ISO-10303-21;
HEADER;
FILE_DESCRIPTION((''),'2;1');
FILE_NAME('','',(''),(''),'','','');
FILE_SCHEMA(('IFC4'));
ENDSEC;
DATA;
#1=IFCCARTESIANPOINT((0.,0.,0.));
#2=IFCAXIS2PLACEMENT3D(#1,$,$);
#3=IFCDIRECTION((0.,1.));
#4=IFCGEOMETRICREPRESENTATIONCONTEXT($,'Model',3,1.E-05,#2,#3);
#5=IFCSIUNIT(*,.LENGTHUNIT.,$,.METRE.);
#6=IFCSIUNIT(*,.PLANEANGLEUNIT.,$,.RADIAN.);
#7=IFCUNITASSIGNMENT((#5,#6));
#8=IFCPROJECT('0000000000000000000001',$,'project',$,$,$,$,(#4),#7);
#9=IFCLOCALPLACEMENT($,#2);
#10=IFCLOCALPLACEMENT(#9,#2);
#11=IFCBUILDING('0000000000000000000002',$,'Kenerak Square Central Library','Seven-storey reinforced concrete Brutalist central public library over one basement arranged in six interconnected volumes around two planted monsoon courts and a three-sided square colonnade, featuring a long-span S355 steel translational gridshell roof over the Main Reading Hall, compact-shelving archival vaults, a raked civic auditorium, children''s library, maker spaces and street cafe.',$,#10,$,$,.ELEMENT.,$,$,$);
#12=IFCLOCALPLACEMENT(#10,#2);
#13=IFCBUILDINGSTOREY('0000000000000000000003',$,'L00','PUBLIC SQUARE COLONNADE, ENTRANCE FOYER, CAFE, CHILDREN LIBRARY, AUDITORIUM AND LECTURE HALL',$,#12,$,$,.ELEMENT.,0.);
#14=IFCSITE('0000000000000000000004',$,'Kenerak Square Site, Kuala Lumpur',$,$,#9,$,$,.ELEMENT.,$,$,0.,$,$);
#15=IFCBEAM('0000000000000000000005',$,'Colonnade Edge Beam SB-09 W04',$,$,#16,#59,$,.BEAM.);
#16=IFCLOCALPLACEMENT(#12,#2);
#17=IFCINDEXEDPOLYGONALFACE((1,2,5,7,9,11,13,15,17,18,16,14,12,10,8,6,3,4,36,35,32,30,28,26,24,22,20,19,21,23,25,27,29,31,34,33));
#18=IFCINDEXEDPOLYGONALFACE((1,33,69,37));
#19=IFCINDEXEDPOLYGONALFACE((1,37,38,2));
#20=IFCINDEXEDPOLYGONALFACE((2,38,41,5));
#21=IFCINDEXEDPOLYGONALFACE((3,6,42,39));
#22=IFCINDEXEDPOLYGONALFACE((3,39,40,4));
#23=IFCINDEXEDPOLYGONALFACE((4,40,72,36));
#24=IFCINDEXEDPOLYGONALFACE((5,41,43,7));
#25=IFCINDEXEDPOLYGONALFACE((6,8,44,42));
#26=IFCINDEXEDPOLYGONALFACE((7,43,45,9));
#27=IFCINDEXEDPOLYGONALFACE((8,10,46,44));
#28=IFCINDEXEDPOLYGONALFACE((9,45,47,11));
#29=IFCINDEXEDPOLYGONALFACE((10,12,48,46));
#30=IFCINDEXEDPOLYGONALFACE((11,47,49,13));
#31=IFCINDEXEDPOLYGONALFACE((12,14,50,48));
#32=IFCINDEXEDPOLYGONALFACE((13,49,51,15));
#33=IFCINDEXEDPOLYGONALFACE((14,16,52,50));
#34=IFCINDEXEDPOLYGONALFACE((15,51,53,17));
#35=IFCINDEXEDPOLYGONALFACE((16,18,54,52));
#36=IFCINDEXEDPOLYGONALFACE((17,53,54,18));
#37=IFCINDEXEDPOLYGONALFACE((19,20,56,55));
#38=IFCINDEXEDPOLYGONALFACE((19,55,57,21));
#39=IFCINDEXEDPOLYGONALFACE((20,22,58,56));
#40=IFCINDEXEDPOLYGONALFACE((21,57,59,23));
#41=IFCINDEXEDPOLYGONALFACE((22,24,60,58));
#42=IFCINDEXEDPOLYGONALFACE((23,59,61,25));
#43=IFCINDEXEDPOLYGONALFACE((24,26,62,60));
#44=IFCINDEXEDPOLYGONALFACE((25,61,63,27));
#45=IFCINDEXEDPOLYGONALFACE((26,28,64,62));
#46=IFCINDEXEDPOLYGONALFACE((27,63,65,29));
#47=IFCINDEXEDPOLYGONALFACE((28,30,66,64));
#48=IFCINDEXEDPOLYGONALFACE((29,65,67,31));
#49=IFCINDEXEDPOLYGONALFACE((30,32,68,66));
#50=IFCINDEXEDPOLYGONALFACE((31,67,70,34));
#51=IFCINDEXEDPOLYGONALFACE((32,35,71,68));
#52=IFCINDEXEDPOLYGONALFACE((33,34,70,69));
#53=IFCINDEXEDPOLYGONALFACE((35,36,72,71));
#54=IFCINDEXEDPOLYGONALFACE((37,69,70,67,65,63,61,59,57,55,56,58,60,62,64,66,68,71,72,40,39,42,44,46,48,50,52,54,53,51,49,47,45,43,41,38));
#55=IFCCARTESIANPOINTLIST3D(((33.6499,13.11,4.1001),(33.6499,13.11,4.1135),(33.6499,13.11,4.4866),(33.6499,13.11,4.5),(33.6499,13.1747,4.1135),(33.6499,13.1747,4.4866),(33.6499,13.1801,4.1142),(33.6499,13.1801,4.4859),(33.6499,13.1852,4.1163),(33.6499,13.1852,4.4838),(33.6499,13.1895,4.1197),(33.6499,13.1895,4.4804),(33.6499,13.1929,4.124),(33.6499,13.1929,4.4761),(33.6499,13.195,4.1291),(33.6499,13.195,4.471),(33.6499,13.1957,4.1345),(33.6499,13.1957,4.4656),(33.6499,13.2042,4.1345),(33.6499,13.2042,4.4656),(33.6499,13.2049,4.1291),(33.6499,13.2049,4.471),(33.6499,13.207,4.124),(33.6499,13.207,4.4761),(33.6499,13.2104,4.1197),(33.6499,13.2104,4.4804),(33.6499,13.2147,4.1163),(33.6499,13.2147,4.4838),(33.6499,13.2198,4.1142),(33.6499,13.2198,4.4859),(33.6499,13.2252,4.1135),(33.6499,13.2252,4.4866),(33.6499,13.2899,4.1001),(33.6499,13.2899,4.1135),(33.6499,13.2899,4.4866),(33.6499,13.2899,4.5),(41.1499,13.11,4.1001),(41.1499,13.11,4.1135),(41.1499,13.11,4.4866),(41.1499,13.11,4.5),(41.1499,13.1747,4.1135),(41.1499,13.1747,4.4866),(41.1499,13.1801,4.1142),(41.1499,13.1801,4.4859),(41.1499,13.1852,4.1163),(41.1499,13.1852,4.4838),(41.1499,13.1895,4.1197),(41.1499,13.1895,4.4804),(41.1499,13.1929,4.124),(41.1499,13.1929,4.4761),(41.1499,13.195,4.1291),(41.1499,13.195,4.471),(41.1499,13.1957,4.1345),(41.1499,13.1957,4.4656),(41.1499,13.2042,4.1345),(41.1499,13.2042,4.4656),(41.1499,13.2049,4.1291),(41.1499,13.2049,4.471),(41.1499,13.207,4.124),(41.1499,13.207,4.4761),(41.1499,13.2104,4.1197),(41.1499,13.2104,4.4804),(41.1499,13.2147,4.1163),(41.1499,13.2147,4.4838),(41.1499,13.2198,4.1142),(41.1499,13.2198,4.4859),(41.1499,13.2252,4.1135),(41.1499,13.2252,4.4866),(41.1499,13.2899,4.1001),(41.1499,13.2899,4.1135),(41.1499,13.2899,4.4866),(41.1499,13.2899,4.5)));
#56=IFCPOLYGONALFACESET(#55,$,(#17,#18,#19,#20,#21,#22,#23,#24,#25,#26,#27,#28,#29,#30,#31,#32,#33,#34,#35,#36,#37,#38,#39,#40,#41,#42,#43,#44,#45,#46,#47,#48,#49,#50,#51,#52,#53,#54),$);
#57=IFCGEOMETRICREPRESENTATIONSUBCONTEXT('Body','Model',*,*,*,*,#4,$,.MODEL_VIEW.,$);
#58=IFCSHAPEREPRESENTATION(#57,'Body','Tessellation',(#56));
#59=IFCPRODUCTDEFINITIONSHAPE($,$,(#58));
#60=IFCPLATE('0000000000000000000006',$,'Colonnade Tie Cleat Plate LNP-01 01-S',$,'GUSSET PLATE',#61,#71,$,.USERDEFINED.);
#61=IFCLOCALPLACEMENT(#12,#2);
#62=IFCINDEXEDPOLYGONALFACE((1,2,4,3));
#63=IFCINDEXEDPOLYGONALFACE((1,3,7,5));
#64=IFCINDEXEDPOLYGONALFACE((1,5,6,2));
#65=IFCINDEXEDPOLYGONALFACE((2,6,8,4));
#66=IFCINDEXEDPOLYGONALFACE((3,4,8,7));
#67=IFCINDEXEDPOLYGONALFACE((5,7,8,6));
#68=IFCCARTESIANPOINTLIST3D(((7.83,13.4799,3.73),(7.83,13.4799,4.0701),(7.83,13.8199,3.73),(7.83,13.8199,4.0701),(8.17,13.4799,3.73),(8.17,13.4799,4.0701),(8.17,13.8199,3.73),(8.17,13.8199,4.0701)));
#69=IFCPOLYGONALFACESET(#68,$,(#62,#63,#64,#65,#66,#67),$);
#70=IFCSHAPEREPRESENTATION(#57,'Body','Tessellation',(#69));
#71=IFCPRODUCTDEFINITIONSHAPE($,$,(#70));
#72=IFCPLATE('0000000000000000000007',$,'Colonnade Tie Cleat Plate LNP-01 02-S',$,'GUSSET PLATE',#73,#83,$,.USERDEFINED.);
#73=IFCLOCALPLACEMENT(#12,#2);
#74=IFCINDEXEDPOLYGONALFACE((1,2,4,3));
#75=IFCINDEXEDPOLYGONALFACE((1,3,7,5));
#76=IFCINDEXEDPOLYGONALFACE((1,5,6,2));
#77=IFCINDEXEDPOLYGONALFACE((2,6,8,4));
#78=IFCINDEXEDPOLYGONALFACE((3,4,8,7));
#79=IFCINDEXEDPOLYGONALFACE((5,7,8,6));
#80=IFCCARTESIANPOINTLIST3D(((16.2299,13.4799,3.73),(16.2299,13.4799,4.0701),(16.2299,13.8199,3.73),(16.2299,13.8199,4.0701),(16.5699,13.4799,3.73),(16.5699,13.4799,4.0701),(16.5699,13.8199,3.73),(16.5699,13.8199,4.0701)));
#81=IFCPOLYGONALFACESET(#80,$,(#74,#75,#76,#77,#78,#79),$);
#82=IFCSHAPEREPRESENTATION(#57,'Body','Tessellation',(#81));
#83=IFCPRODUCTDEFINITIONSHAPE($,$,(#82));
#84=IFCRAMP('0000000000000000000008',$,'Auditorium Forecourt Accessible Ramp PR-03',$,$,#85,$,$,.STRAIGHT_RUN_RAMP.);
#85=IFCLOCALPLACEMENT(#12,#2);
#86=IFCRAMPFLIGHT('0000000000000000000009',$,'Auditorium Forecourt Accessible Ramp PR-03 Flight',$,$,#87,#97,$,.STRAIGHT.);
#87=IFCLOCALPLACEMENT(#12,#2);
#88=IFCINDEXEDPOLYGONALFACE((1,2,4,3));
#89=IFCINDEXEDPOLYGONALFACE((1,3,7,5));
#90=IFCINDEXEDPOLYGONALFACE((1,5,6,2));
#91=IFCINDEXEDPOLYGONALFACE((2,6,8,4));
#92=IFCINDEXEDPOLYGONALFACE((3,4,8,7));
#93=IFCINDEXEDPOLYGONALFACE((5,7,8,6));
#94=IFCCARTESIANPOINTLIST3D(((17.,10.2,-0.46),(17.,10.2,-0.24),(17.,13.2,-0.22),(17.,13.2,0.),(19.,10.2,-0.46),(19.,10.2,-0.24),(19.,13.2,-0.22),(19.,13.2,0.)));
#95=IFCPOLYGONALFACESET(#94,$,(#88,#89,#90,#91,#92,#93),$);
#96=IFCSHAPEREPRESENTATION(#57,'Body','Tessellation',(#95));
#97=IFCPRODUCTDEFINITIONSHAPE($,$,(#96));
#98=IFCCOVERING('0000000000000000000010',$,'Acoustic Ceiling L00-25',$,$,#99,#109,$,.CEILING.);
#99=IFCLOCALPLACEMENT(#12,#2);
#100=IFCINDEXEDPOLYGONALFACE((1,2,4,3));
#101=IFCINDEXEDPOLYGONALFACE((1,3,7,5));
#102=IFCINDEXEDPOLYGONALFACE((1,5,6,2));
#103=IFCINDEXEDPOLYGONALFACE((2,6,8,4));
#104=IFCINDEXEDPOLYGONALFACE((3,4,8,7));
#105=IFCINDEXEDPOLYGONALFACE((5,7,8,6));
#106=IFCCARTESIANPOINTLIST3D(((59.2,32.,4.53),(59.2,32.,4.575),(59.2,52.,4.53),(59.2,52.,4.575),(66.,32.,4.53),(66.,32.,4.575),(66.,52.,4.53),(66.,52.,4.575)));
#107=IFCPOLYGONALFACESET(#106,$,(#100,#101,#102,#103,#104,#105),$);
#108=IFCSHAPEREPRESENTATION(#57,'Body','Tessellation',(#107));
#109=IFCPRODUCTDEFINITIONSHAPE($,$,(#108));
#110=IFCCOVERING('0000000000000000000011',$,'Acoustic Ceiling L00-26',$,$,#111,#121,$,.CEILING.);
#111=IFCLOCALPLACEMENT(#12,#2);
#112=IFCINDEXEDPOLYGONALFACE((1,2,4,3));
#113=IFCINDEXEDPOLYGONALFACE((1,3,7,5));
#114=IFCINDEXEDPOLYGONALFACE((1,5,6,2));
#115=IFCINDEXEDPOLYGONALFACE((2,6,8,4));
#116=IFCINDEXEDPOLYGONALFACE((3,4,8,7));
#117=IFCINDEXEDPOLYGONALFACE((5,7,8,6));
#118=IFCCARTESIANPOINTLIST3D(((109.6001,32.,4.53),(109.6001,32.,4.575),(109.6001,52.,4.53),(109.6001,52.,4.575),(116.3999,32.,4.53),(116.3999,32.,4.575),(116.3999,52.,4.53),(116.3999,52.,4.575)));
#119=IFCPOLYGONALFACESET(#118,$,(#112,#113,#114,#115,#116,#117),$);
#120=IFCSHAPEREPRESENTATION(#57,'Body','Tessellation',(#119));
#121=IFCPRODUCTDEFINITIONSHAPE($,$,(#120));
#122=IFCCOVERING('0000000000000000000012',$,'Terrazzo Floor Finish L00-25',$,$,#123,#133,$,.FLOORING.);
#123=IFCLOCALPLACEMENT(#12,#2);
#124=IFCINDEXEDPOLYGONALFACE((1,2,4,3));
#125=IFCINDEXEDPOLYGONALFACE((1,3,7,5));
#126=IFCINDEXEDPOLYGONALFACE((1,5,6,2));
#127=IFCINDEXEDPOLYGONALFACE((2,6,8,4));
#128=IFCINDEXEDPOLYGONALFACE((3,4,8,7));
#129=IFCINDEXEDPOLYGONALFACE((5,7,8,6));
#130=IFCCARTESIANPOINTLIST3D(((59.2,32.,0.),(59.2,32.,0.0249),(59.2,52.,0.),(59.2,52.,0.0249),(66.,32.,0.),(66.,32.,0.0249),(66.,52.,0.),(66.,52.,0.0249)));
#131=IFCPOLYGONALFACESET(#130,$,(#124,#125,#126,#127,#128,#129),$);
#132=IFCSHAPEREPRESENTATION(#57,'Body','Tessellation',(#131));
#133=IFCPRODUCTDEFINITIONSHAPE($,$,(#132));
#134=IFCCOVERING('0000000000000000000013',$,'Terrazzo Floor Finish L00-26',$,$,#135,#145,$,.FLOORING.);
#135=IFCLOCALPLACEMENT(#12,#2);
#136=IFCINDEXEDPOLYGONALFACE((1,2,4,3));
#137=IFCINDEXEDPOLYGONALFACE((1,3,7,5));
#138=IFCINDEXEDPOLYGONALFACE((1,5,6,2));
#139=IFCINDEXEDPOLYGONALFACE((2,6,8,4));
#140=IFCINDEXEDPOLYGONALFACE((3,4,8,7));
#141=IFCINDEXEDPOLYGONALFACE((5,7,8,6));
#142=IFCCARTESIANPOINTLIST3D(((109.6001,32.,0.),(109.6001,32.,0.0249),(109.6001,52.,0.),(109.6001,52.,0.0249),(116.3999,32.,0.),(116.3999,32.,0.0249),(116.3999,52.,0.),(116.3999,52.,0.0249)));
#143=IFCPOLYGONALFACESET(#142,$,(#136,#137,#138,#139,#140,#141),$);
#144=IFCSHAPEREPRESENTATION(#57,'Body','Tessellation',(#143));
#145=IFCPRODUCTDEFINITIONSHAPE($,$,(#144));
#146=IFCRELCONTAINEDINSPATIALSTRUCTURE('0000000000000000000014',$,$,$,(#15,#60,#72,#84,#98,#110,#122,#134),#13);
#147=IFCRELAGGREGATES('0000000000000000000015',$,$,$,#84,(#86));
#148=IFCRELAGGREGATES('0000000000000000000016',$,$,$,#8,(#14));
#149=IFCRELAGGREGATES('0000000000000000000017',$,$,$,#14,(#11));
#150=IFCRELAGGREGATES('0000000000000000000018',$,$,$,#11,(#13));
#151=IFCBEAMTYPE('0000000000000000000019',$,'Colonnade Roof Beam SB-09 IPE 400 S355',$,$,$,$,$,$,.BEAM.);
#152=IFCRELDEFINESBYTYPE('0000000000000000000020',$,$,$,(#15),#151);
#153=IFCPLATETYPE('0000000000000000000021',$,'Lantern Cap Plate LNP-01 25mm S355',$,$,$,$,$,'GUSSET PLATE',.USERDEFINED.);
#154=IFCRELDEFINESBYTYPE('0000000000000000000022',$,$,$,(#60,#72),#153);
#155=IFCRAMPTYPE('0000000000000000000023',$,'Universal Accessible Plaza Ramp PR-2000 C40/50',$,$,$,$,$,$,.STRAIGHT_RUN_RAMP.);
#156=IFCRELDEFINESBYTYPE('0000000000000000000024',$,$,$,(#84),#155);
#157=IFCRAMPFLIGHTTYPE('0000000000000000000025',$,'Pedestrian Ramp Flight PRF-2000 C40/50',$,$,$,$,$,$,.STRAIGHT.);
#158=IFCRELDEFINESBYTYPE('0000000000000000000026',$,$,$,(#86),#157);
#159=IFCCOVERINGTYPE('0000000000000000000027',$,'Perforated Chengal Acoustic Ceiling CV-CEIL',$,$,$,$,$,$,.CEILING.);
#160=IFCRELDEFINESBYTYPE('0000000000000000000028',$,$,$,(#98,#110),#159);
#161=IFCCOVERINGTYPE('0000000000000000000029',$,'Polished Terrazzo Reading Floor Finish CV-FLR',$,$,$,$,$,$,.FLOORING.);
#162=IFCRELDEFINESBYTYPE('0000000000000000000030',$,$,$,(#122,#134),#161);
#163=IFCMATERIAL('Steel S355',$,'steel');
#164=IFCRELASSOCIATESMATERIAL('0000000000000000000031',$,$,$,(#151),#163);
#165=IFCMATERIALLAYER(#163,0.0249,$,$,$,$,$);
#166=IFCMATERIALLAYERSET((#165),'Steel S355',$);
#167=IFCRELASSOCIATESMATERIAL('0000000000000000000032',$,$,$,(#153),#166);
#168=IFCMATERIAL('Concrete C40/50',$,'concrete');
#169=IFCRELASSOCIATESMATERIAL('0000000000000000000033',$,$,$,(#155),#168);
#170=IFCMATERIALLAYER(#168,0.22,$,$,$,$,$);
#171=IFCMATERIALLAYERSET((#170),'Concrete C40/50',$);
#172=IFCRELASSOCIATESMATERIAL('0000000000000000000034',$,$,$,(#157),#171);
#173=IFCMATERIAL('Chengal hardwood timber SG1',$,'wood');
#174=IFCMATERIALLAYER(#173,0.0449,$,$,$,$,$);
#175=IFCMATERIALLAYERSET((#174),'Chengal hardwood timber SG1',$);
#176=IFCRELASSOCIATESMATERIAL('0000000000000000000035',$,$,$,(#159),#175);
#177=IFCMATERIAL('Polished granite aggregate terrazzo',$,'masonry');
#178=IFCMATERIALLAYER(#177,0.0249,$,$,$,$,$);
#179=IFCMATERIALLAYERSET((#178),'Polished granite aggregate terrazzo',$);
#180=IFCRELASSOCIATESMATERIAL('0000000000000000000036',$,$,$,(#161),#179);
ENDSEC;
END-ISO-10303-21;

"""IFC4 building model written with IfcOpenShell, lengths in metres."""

from ifc_helpers import new_model, si_unit, direction, frame, origin, origin_2d, place, context, subcontext, project, spatial, polyline, rectangle, i_section, outline, extrude, material, layer, layer_set, material_profile, profile_set, type_object, element, aggregate, save


model = new_model("IFC4")

# Units and contexts
model_context = context("Model", 3, precision=1e-05, world=origin(), true_north=direction((0.0, 1.0)))
body_context = subcontext(model_context, "Body", "Model", "MODEL_VIEW")
ifc_project = project(units=[si_unit("LENGTHUNIT", "METRE"), si_unit("PLANEANGLEUNIT", "RADIAN")], contexts=[model_context])

# Site, building, storey
site_placement = place(None, origin())
site = spatial("IfcSite", under=ifc_project, at=site_placement, Name="Kenerak Square Site, Kuala Lumpur", CompositionType="ELEMENT", RefElevation=0.0)
building_placement = place(site_placement, origin())
building = spatial("IfcBuilding", under=site, at=building_placement, Name="Kenerak Square Central Library", Description="Seven-storey reinforced concrete Brutalist central public library over one basement arranged in six interconnected volumes around two planted monsoon courts and a three-sided square colonnade, featuring a long-span S355 steel translational gridshell roof over the Main Reading Hall, compact-shelving archival vaults, a raked civic auditorium, children's library, maker spaces and street cafe.", CompositionType="ELEMENT")
storey_placement = place(building_placement, origin())
storey = spatial("IfcBuildingStorey", under=building, at=storey_placement, Name="L00", Description="PUBLIC SQUARE COLONNADE, ENTRANCE FOYER, CAFE, CHILDREN LIBRARY, AUDITORIUM AND LECTURE HALL", CompositionType="ELEMENT", Elevation=0.0)

# Shared definitions
ifc_material_1 = material(Name="Steel S355", Category="steel")

# Beam
ifc_material_profile_1 = material_profile(ifc_material_1, i_section(OverallWidth=0.1799, OverallDepth=0.3999, WebThickness=0.0085, FlangeThickness=0.0134, FilletRadius=0.021, at=origin_2d()), Name="IPE 400")
ifc_profile_set_1 = profile_set([ifc_material_profile_1], Name="Steel S355")
beam_type_1 = type_object("IfcBeamType", Name="Colonnade Roof Beam SB-09 IPE 400 S355", PredefinedType="BEAM", material=ifc_profile_set_1)
for number, where, z_axis, x_axis, name in (
    (1, (33.6499, 13.2, 4.3), (1.0, 0.0, 0.0), (0.0, 1.0, 0.0), "Colonnade Edge Beam SB-09 W04"),
):
    element("IfcBeam", number, at=place(storey_placement, frame(where, z_axis=z_axis, x_axis=x_axis)), inside=storey, type_object=beam_type_1, Name=name, PredefinedType="BEAM", context=body_context, shape_type="SweptSolid", body=[
        extrude(i_section(OverallWidth=0.1799, OverallDepth=0.3999, WebThickness=0.0085, FlangeThickness=0.0134, FilletRadius=0.021, at=origin_2d()), origin(), (0.0, 0.0, 1.0), 7.5),
    ])

# Plates
ifc_layer_1 = layer(ifc_material_1, 0.0249)
ifc_layer_set_1 = layer_set([ifc_layer_1], Name="Steel S355")
plate_type = type_object("IfcPlateType", Name="Lantern Cap Plate LNP-01 25mm S355", ElementType="GUSSET PLATE", PredefinedType="USERDEFINED", material=ifc_layer_set_1)
for number, where, z_axis, x_axis, name in (
    (2, (8.0, 13.6499, 3.73), (0.0, 0.0, 1.0), (1.0, 0.0, 0.0), "Colonnade Tie Cleat Plate LNP-01 01-S"),
    (3, (16.3999, 13.6499, 3.73), (0.0, 0.0, 1.0), (1.0, 0.0, 0.0), "Colonnade Tie Cleat Plate LNP-01 02-S"),
):
    element("IfcPlate", number, at=place(storey_placement, frame(where, z_axis=z_axis, x_axis=x_axis)), inside=storey, type_object=plate_type, Name=name, ObjectType="GUSSET PLATE", PredefinedType="USERDEFINED", context=body_context, shape_type="SweptSolid", body=[
        extrude(rectangle(XDim=0.3401, YDim=0.3401, at=origin_2d()), origin(), (0.0, 0.0, 1.0), 0.3401),
    ])

# Ramp, ramp flight
ifc_material_2 = material(Name="Concrete C40/50", Category="concrete")
ramp_type = type_object("IfcRampType", Name="Universal Accessible Plaza Ramp PR-2000 C40/50", PredefinedType="STRAIGHT_RUN_RAMP", material=ifc_material_2)
ramp_placement = place(storey_placement, origin())
ramp = element("IfcRamp", 4, at=ramp_placement, inside=storey, type_object=ramp_type, Name="Auditorium Forecourt Accessible Ramp PR-03", PredefinedType="STRAIGHT_RUN_RAMP")
ifc_layer_2 = layer(ifc_material_2, 0.22)
ifc_layer_set_2 = layer_set([ifc_layer_2], Name="Concrete C40/50")
ramp_flight_type = type_object("IfcRampFlightType", Name="Pedestrian Ramp Flight PRF-2000 C40/50", PredefinedType="STRAIGHT", material=ifc_layer_set_2)
ramp_flight_placement = place(storey_placement, frame((18.0, 10.2, -0.24), z_axis=(0.0, 0.0, 1.0), x_axis=(0.0, 1.0, 0.0)))
ramp_flight = element("IfcRampFlight", 5, at=ramp_flight_placement, type_object=ramp_flight_type, Name="Auditorium Forecourt Accessible Ramp PR-03 Flight", PredefinedType="STRAIGHT", context=body_context, shape_type="SweptSolid", body=[
    extrude(outline(polyline([(0.0, 0.0), (3.0, 0.24), (3.0, 0.02), (0.0, -0.22), (0.0, 0.0)])), frame((0.0, 1.0, 0.0), z_axis=(0.0, -1.0, 0.0), x_axis=(1.0, 0.0, 0.0)), (0.0, 0.0, 1.0), 2.0),
])
aggregate(ramp, [ramp_flight])

# Coverings
ifc_material_3 = material(Name="Chengal hardwood timber SG1", Category="wood")
ifc_layer_3 = layer(ifc_material_3, 0.0449)
ifc_layer_set_3 = layer_set([ifc_layer_3], Name="Chengal hardwood timber SG1")
covering_type_1 = type_object("IfcCoveringType", Name="Perforated Chengal Acoustic Ceiling CV-CEIL", PredefinedType="CEILING", material=ifc_layer_set_3)
covering_1_placement = place(storey_placement, frame((0.0, 0.0, 4.53)))
element("IfcCovering", 6, at=covering_1_placement, inside=storey, type_object=covering_type_1, Name="Acoustic Ceiling L00-25", PredefinedType="CEILING", context=body_context, shape_type="SweptSolid", body=[
    extrude(outline(polyline([(59.2, 52.0), (66.0, 52.0), (66.0, 32.0), (59.2, 32.0), (59.2, 52.0)])), origin(), (0.0, 0.0, 1.0), 0.0449),
])
covering_2_placement = place(storey_placement, frame((0.0, 0.0, 4.53)))
element("IfcCovering", 7, at=covering_2_placement, inside=storey, type_object=covering_type_1, Name="Acoustic Ceiling L00-26", PredefinedType="CEILING", context=body_context, shape_type="SweptSolid", body=[
    extrude(outline(polyline([(109.6001, 52.0), (116.3999, 52.0), (116.3999, 32.0), (109.6001, 32.0), (109.6001, 52.0)])), origin(), (0.0, 0.0, 1.0), 0.0449),
])
ifc_material_4 = material(Name="Polished granite aggregate terrazzo", Category="masonry")
ifc_layer_4 = layer(ifc_material_4, 0.0249)
ifc_layer_set_4 = layer_set([ifc_layer_4], Name="Polished granite aggregate terrazzo")
covering_type_2 = type_object("IfcCoveringType", Name="Polished Terrazzo Reading Floor Finish CV-FLR", PredefinedType="FLOORING", material=ifc_layer_set_4)
covering_3_placement = place(storey_placement, origin())
element("IfcCovering", 8, at=covering_3_placement, inside=storey, type_object=covering_type_2, Name="Terrazzo Floor Finish L00-25", PredefinedType="FLOORING", context=body_context, shape_type="SweptSolid", body=[
    extrude(outline(polyline([(59.2, 52.0), (66.0, 52.0), (66.0, 32.0), (59.2, 32.0), (59.2, 52.0)])), origin(), (0.0, 0.0, 1.0), 0.0249),
])
covering_4_placement = place(storey_placement, origin())
element("IfcCovering", 9, at=covering_4_placement, inside=storey, type_object=covering_type_2, Name="Terrazzo Floor Finish L00-26", PredefinedType="FLOORING", context=body_context, shape_type="SweptSolid", body=[
    extrude(outline(polyline([(109.6001, 52.0), (116.3999, 52.0), (116.3999, 32.0), (109.6001, 32.0), (109.6001, 52.0)])), origin(), (0.0, 0.0, 1.0), 0.0249),
])

save(model, "model.ifc")
